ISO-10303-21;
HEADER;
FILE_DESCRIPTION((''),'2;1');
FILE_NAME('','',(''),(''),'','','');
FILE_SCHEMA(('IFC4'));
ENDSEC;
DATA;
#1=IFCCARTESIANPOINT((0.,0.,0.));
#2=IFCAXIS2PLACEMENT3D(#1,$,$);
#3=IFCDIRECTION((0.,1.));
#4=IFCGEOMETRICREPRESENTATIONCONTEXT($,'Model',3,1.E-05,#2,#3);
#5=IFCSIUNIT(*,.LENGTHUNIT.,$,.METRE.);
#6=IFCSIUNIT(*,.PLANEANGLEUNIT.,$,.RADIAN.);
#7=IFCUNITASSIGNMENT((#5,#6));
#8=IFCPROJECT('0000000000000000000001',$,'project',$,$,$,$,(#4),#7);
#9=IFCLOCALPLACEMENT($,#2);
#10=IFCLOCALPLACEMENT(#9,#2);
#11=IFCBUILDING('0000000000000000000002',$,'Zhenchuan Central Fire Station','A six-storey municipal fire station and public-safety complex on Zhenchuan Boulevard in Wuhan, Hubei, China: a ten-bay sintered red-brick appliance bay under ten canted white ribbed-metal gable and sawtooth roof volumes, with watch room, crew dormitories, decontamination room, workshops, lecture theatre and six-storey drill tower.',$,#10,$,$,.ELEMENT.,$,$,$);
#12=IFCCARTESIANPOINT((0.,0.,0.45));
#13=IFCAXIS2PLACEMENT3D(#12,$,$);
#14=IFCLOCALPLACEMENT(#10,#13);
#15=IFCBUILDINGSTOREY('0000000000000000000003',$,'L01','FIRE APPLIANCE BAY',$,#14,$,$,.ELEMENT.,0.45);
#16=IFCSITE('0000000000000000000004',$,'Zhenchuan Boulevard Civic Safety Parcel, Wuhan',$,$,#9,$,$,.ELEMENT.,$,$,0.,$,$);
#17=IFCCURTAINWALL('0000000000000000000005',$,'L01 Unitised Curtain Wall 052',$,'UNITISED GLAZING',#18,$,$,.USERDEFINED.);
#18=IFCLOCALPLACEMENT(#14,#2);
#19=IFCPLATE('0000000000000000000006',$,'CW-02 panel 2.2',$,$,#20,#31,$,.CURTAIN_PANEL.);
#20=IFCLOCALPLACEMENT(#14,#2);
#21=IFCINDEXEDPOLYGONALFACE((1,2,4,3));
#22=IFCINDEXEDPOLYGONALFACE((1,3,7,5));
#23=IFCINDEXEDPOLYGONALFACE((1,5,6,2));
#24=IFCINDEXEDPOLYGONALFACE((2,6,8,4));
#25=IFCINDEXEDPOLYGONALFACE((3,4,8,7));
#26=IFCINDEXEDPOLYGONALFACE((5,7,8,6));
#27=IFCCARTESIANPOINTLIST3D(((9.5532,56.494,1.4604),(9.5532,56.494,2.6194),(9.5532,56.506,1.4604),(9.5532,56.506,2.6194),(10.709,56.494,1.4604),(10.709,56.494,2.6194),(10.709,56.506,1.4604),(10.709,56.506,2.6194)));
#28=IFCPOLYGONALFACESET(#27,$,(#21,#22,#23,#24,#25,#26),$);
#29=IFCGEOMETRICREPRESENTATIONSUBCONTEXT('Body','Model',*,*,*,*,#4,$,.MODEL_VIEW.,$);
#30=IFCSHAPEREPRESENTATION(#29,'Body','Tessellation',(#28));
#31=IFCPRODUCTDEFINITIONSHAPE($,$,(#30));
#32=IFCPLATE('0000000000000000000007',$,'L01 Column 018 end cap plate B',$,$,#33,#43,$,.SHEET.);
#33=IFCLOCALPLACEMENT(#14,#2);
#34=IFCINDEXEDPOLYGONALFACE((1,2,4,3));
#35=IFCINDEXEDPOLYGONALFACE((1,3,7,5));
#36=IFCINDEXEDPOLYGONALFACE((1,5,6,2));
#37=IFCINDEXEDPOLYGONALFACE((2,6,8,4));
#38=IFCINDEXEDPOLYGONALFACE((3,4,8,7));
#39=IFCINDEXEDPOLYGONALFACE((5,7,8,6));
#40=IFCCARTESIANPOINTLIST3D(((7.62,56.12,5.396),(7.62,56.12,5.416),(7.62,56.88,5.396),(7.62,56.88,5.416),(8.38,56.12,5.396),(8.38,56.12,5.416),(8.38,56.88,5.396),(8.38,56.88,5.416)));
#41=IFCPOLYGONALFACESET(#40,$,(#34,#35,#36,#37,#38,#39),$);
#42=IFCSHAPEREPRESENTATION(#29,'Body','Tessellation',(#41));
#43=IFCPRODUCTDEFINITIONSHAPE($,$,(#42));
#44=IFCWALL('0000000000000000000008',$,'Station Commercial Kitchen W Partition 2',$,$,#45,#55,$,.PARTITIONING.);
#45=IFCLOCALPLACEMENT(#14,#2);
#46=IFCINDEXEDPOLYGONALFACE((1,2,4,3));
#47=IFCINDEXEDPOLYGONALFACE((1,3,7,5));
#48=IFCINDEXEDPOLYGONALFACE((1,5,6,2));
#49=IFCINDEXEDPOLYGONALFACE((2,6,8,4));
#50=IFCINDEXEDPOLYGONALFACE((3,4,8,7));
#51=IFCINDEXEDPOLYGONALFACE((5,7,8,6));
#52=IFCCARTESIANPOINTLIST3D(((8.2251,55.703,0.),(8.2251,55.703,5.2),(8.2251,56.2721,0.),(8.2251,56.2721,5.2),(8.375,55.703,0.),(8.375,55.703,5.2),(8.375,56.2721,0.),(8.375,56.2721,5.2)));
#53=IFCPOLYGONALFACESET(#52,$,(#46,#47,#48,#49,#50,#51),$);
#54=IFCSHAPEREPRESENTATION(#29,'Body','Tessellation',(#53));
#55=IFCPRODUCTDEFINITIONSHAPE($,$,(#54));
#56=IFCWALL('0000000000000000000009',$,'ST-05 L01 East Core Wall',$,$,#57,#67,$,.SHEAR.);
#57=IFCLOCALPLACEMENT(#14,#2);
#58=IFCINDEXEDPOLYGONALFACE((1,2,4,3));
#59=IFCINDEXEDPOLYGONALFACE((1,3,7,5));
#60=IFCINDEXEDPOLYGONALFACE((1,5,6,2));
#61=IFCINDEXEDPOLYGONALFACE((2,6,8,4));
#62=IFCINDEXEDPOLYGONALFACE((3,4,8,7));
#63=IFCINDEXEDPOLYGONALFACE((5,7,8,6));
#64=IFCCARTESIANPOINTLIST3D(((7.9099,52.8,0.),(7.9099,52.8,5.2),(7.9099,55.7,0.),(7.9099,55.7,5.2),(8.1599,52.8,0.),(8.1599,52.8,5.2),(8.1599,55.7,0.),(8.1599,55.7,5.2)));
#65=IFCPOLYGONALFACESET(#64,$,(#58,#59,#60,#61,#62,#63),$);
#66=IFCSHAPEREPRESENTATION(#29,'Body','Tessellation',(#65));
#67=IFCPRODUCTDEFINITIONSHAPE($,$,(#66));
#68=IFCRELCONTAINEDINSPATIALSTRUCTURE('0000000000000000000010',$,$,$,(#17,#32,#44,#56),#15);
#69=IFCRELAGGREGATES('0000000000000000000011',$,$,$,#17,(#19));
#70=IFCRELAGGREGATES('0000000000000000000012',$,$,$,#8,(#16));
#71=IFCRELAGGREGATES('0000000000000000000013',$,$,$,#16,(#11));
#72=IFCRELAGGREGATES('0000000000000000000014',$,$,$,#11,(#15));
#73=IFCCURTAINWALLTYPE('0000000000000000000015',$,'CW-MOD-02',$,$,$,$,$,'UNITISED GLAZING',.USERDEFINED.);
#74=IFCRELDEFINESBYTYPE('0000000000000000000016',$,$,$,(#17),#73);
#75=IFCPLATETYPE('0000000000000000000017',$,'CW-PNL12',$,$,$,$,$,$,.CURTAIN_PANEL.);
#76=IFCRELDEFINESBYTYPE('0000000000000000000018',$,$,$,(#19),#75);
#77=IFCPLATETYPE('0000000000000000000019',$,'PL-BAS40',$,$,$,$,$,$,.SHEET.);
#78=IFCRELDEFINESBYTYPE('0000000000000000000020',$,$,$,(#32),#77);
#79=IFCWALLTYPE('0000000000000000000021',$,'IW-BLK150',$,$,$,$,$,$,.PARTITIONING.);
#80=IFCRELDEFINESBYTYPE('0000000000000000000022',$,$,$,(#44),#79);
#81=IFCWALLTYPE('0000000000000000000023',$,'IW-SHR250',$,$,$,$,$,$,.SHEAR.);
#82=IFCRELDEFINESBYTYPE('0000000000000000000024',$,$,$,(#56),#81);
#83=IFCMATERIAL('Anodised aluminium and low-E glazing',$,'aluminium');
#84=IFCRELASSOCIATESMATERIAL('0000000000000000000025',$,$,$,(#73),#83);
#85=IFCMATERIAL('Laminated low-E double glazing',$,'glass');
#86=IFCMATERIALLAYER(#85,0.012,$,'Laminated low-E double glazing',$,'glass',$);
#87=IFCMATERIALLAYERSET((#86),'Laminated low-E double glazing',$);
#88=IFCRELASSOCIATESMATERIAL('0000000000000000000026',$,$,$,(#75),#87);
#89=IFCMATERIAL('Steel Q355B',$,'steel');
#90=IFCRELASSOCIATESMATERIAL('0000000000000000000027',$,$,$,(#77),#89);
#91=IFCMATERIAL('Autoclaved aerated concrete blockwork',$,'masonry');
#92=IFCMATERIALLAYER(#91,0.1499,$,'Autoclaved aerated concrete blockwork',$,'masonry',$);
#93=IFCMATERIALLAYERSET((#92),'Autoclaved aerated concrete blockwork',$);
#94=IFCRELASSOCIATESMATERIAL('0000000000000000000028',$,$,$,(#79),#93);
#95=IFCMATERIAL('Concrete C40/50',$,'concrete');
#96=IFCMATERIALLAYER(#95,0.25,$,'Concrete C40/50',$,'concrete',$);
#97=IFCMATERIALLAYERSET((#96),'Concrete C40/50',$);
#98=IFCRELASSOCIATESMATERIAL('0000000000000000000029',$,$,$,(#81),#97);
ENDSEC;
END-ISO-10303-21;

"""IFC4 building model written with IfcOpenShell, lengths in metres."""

from ifc_helpers import new_model, si_unit, direction, frame, frame_2d, origin, origin_2d, place, context, subcontext, project, spatial, rectangle, extrude, material, layer, layer_set, material_profile, profile_set, type_object, element, aggregate, save


model = new_model("IFC4")

# Units and contexts
model_context = context("Model", 3, precision=1e-05, world=origin(), true_north=direction((0.0, 1.0)))
body_context = subcontext(model_context, "Body", "Model", "MODEL_VIEW")
ifc_project = project(units=[si_unit("LENGTHUNIT", "METRE"), si_unit("PLANEANGLEUNIT", "RADIAN")], contexts=[model_context])

# Site, building, storey
site_placement = place(None, origin())
site = spatial("IfcSite", under=ifc_project, at=site_placement, Name="Zhenchuan Boulevard Civic Safety Parcel, Wuhan", CompositionType="ELEMENT", RefElevation=0.0)
building_placement = place(site_placement, origin())
building = spatial("IfcBuilding", under=site, at=building_placement, Name="Zhenchuan Central Fire Station", Description="A six-storey municipal fire station and public-safety complex on Zhenchuan Boulevard in Wuhan, Hubei, China: a ten-bay sintered red-brick appliance bay under ten canted white ribbed-metal gable and sawtooth roof volumes, with watch room, crew dormitories, decontamination room, workshops, lecture theatre and six-storey drill tower.", CompositionType="ELEMENT")
storey_placement = place(building_placement, frame((0.0, 0.0, 0.45)))
storey = spatial("IfcBuildingStorey", under=building, at=storey_placement, Name="L01", Description="FIRE APPLIANCE BAY", CompositionType="ELEMENT", Elevation=0.45)

# Shared definitions
ifc_material_1 = material(Name="Steel Q355B", Category="steel")

# Curtain wall, plate
ifc_material_2 = material(Name="Anodised aluminium and low-E glazing", Category="aluminium")
curtain_wall_type = type_object("IfcCurtainWallType", Name="CW-MOD-02", ElementType="UNITISED GLAZING", PredefinedType="USERDEFINED", material=ifc_material_2)
curtain_wall_placement = place(storey_placement, origin())
curtain_wall = element("IfcCurtainWall", 1, at=curtain_wall_placement, inside=storey, type_object=curtain_wall_type, Name="L01 Unitised Curtain Wall 052", ObjectType="UNITISED GLAZING", PredefinedType="USERDEFINED")
ifc_material_3 = material(Name="Laminated low-E double glazing", Category="glass")
ifc_layer_1 = layer(ifc_material_3, 0.012, Name="Laminated low-E double glazing", Category="glass")
ifc_layer_set_1 = layer_set([ifc_layer_1], Name="Laminated low-E double glazing")
plate_type_1 = type_object("IfcPlateType", Name="CW-PNL12", PredefinedType="CURTAIN_PANEL", material=ifc_layer_set_1)
plate_1_placement = place(storey_placement, frame((10.1311, 56.5, 1.4604), z_axis=(0.0, 0.0, 1.0), x_axis=(1.0, 0.0, 0.0)))
plate_1 = element("IfcPlate", 2, at=plate_1_placement, type_object=plate_type_1, Name="CW-02 panel 2.2", PredefinedType="CURTAIN_PANEL", context=body_context, shape_type="SweptSolid", body=[
    extrude(rectangle(XDim=1.1558, YDim=0.012, at=origin_2d()), origin(), (0.0, 0.0, 1.0), 1.1589),
])
aggregate(curtain_wall, [plate_1])

# Plate
ifc_material_profile_1 = material_profile(ifc_material_1, rectangle(XDim=0.76, YDim=0.76, at=origin_2d()), Name="PL 760x760x40")
ifc_profile_set_1 = profile_set([ifc_material_profile_1], Name="Steel Q355B")
plate_type_2 = type_object("IfcPlateType", Name="PL-BAS40", PredefinedType="SHEET", material=ifc_profile_set_1)
plate_2_placement = place(storey_placement, frame((8.0, 56.5, 5.396), z_axis=(0.0, 0.0, 1.0), x_axis=(1.0, 0.0, 0.0)))
element("IfcPlate", 3, at=plate_2_placement, inside=storey, type_object=plate_type_2, Name="L01 Column 018 end cap plate B", PredefinedType="SHEET", context=body_context, shape_type="SweptSolid", body=[
    extrude(rectangle(XDim=0.76, YDim=0.76, at=origin_2d()), origin(), (0.0, 0.0, 1.0), 0.02),
])

# Walls
ifc_material_4 = material(Name="Autoclaved aerated concrete blockwork", Category="masonry")
ifc_layer_2 = layer(ifc_material_4, 0.1499, Name="Autoclaved aerated concrete blockwork", Category="masonry")
ifc_layer_set_2 = layer_set([ifc_layer_2], Name="Autoclaved aerated concrete blockwork")
wall_type_1 = type_object("IfcWallType", Name="IW-BLK150", PredefinedType="PARTITIONING", material=ifc_layer_set_2)
wall_1_placement = place(storey_placement, frame((8.3, 55.7029, 0.0), z_axis=(0.0, 0.0, 1.0), x_axis=(0.0, 1.0, 0.0)))
element("IfcWall", 4, at=wall_1_placement, inside=storey, type_object=wall_type_1, Name="Station Commercial Kitchen W Partition 2", PredefinedType="PARTITIONING", context=body_context, shape_type="SweptSolid", body=[
    extrude(rectangle(XDim=0.5691, YDim=0.1499, at=frame_2d((0.2847, 0.0))), origin(), (0.0, 0.0, 1.0), 5.2),
])
ifc_material_5 = material(Name="Concrete C40/50", Category="concrete")
ifc_layer_3 = layer(ifc_material_5, 0.25, Name="Concrete C40/50", Category="concrete")
ifc_layer_set_3 = layer_set([ifc_layer_3], Name="Concrete C40/50")
wall_type_2 = type_object("IfcWallType", Name="IW-SHR250", PredefinedType="SHEAR", material=ifc_layer_set_3)
wall_2_placement = place(storey_placement, frame((8.0349, 52.8, 0.0), z_axis=(0.0, 0.0, 1.0), x_axis=(0.0, 1.0, 0.0)))
element("IfcWall", 5, at=wall_2_placement, inside=storey, type_object=wall_type_2, Name="ST-05 L01 East Core Wall", PredefinedType="SHEAR", context=body_context, shape_type="SweptSolid", body=[
    extrude(rectangle(XDim=2.8999, YDim=0.25, at=frame_2d((1.45, 0.0))), origin(), (0.0, 0.0, 1.0), 5.2),
])

save(model, "model.ifc")
